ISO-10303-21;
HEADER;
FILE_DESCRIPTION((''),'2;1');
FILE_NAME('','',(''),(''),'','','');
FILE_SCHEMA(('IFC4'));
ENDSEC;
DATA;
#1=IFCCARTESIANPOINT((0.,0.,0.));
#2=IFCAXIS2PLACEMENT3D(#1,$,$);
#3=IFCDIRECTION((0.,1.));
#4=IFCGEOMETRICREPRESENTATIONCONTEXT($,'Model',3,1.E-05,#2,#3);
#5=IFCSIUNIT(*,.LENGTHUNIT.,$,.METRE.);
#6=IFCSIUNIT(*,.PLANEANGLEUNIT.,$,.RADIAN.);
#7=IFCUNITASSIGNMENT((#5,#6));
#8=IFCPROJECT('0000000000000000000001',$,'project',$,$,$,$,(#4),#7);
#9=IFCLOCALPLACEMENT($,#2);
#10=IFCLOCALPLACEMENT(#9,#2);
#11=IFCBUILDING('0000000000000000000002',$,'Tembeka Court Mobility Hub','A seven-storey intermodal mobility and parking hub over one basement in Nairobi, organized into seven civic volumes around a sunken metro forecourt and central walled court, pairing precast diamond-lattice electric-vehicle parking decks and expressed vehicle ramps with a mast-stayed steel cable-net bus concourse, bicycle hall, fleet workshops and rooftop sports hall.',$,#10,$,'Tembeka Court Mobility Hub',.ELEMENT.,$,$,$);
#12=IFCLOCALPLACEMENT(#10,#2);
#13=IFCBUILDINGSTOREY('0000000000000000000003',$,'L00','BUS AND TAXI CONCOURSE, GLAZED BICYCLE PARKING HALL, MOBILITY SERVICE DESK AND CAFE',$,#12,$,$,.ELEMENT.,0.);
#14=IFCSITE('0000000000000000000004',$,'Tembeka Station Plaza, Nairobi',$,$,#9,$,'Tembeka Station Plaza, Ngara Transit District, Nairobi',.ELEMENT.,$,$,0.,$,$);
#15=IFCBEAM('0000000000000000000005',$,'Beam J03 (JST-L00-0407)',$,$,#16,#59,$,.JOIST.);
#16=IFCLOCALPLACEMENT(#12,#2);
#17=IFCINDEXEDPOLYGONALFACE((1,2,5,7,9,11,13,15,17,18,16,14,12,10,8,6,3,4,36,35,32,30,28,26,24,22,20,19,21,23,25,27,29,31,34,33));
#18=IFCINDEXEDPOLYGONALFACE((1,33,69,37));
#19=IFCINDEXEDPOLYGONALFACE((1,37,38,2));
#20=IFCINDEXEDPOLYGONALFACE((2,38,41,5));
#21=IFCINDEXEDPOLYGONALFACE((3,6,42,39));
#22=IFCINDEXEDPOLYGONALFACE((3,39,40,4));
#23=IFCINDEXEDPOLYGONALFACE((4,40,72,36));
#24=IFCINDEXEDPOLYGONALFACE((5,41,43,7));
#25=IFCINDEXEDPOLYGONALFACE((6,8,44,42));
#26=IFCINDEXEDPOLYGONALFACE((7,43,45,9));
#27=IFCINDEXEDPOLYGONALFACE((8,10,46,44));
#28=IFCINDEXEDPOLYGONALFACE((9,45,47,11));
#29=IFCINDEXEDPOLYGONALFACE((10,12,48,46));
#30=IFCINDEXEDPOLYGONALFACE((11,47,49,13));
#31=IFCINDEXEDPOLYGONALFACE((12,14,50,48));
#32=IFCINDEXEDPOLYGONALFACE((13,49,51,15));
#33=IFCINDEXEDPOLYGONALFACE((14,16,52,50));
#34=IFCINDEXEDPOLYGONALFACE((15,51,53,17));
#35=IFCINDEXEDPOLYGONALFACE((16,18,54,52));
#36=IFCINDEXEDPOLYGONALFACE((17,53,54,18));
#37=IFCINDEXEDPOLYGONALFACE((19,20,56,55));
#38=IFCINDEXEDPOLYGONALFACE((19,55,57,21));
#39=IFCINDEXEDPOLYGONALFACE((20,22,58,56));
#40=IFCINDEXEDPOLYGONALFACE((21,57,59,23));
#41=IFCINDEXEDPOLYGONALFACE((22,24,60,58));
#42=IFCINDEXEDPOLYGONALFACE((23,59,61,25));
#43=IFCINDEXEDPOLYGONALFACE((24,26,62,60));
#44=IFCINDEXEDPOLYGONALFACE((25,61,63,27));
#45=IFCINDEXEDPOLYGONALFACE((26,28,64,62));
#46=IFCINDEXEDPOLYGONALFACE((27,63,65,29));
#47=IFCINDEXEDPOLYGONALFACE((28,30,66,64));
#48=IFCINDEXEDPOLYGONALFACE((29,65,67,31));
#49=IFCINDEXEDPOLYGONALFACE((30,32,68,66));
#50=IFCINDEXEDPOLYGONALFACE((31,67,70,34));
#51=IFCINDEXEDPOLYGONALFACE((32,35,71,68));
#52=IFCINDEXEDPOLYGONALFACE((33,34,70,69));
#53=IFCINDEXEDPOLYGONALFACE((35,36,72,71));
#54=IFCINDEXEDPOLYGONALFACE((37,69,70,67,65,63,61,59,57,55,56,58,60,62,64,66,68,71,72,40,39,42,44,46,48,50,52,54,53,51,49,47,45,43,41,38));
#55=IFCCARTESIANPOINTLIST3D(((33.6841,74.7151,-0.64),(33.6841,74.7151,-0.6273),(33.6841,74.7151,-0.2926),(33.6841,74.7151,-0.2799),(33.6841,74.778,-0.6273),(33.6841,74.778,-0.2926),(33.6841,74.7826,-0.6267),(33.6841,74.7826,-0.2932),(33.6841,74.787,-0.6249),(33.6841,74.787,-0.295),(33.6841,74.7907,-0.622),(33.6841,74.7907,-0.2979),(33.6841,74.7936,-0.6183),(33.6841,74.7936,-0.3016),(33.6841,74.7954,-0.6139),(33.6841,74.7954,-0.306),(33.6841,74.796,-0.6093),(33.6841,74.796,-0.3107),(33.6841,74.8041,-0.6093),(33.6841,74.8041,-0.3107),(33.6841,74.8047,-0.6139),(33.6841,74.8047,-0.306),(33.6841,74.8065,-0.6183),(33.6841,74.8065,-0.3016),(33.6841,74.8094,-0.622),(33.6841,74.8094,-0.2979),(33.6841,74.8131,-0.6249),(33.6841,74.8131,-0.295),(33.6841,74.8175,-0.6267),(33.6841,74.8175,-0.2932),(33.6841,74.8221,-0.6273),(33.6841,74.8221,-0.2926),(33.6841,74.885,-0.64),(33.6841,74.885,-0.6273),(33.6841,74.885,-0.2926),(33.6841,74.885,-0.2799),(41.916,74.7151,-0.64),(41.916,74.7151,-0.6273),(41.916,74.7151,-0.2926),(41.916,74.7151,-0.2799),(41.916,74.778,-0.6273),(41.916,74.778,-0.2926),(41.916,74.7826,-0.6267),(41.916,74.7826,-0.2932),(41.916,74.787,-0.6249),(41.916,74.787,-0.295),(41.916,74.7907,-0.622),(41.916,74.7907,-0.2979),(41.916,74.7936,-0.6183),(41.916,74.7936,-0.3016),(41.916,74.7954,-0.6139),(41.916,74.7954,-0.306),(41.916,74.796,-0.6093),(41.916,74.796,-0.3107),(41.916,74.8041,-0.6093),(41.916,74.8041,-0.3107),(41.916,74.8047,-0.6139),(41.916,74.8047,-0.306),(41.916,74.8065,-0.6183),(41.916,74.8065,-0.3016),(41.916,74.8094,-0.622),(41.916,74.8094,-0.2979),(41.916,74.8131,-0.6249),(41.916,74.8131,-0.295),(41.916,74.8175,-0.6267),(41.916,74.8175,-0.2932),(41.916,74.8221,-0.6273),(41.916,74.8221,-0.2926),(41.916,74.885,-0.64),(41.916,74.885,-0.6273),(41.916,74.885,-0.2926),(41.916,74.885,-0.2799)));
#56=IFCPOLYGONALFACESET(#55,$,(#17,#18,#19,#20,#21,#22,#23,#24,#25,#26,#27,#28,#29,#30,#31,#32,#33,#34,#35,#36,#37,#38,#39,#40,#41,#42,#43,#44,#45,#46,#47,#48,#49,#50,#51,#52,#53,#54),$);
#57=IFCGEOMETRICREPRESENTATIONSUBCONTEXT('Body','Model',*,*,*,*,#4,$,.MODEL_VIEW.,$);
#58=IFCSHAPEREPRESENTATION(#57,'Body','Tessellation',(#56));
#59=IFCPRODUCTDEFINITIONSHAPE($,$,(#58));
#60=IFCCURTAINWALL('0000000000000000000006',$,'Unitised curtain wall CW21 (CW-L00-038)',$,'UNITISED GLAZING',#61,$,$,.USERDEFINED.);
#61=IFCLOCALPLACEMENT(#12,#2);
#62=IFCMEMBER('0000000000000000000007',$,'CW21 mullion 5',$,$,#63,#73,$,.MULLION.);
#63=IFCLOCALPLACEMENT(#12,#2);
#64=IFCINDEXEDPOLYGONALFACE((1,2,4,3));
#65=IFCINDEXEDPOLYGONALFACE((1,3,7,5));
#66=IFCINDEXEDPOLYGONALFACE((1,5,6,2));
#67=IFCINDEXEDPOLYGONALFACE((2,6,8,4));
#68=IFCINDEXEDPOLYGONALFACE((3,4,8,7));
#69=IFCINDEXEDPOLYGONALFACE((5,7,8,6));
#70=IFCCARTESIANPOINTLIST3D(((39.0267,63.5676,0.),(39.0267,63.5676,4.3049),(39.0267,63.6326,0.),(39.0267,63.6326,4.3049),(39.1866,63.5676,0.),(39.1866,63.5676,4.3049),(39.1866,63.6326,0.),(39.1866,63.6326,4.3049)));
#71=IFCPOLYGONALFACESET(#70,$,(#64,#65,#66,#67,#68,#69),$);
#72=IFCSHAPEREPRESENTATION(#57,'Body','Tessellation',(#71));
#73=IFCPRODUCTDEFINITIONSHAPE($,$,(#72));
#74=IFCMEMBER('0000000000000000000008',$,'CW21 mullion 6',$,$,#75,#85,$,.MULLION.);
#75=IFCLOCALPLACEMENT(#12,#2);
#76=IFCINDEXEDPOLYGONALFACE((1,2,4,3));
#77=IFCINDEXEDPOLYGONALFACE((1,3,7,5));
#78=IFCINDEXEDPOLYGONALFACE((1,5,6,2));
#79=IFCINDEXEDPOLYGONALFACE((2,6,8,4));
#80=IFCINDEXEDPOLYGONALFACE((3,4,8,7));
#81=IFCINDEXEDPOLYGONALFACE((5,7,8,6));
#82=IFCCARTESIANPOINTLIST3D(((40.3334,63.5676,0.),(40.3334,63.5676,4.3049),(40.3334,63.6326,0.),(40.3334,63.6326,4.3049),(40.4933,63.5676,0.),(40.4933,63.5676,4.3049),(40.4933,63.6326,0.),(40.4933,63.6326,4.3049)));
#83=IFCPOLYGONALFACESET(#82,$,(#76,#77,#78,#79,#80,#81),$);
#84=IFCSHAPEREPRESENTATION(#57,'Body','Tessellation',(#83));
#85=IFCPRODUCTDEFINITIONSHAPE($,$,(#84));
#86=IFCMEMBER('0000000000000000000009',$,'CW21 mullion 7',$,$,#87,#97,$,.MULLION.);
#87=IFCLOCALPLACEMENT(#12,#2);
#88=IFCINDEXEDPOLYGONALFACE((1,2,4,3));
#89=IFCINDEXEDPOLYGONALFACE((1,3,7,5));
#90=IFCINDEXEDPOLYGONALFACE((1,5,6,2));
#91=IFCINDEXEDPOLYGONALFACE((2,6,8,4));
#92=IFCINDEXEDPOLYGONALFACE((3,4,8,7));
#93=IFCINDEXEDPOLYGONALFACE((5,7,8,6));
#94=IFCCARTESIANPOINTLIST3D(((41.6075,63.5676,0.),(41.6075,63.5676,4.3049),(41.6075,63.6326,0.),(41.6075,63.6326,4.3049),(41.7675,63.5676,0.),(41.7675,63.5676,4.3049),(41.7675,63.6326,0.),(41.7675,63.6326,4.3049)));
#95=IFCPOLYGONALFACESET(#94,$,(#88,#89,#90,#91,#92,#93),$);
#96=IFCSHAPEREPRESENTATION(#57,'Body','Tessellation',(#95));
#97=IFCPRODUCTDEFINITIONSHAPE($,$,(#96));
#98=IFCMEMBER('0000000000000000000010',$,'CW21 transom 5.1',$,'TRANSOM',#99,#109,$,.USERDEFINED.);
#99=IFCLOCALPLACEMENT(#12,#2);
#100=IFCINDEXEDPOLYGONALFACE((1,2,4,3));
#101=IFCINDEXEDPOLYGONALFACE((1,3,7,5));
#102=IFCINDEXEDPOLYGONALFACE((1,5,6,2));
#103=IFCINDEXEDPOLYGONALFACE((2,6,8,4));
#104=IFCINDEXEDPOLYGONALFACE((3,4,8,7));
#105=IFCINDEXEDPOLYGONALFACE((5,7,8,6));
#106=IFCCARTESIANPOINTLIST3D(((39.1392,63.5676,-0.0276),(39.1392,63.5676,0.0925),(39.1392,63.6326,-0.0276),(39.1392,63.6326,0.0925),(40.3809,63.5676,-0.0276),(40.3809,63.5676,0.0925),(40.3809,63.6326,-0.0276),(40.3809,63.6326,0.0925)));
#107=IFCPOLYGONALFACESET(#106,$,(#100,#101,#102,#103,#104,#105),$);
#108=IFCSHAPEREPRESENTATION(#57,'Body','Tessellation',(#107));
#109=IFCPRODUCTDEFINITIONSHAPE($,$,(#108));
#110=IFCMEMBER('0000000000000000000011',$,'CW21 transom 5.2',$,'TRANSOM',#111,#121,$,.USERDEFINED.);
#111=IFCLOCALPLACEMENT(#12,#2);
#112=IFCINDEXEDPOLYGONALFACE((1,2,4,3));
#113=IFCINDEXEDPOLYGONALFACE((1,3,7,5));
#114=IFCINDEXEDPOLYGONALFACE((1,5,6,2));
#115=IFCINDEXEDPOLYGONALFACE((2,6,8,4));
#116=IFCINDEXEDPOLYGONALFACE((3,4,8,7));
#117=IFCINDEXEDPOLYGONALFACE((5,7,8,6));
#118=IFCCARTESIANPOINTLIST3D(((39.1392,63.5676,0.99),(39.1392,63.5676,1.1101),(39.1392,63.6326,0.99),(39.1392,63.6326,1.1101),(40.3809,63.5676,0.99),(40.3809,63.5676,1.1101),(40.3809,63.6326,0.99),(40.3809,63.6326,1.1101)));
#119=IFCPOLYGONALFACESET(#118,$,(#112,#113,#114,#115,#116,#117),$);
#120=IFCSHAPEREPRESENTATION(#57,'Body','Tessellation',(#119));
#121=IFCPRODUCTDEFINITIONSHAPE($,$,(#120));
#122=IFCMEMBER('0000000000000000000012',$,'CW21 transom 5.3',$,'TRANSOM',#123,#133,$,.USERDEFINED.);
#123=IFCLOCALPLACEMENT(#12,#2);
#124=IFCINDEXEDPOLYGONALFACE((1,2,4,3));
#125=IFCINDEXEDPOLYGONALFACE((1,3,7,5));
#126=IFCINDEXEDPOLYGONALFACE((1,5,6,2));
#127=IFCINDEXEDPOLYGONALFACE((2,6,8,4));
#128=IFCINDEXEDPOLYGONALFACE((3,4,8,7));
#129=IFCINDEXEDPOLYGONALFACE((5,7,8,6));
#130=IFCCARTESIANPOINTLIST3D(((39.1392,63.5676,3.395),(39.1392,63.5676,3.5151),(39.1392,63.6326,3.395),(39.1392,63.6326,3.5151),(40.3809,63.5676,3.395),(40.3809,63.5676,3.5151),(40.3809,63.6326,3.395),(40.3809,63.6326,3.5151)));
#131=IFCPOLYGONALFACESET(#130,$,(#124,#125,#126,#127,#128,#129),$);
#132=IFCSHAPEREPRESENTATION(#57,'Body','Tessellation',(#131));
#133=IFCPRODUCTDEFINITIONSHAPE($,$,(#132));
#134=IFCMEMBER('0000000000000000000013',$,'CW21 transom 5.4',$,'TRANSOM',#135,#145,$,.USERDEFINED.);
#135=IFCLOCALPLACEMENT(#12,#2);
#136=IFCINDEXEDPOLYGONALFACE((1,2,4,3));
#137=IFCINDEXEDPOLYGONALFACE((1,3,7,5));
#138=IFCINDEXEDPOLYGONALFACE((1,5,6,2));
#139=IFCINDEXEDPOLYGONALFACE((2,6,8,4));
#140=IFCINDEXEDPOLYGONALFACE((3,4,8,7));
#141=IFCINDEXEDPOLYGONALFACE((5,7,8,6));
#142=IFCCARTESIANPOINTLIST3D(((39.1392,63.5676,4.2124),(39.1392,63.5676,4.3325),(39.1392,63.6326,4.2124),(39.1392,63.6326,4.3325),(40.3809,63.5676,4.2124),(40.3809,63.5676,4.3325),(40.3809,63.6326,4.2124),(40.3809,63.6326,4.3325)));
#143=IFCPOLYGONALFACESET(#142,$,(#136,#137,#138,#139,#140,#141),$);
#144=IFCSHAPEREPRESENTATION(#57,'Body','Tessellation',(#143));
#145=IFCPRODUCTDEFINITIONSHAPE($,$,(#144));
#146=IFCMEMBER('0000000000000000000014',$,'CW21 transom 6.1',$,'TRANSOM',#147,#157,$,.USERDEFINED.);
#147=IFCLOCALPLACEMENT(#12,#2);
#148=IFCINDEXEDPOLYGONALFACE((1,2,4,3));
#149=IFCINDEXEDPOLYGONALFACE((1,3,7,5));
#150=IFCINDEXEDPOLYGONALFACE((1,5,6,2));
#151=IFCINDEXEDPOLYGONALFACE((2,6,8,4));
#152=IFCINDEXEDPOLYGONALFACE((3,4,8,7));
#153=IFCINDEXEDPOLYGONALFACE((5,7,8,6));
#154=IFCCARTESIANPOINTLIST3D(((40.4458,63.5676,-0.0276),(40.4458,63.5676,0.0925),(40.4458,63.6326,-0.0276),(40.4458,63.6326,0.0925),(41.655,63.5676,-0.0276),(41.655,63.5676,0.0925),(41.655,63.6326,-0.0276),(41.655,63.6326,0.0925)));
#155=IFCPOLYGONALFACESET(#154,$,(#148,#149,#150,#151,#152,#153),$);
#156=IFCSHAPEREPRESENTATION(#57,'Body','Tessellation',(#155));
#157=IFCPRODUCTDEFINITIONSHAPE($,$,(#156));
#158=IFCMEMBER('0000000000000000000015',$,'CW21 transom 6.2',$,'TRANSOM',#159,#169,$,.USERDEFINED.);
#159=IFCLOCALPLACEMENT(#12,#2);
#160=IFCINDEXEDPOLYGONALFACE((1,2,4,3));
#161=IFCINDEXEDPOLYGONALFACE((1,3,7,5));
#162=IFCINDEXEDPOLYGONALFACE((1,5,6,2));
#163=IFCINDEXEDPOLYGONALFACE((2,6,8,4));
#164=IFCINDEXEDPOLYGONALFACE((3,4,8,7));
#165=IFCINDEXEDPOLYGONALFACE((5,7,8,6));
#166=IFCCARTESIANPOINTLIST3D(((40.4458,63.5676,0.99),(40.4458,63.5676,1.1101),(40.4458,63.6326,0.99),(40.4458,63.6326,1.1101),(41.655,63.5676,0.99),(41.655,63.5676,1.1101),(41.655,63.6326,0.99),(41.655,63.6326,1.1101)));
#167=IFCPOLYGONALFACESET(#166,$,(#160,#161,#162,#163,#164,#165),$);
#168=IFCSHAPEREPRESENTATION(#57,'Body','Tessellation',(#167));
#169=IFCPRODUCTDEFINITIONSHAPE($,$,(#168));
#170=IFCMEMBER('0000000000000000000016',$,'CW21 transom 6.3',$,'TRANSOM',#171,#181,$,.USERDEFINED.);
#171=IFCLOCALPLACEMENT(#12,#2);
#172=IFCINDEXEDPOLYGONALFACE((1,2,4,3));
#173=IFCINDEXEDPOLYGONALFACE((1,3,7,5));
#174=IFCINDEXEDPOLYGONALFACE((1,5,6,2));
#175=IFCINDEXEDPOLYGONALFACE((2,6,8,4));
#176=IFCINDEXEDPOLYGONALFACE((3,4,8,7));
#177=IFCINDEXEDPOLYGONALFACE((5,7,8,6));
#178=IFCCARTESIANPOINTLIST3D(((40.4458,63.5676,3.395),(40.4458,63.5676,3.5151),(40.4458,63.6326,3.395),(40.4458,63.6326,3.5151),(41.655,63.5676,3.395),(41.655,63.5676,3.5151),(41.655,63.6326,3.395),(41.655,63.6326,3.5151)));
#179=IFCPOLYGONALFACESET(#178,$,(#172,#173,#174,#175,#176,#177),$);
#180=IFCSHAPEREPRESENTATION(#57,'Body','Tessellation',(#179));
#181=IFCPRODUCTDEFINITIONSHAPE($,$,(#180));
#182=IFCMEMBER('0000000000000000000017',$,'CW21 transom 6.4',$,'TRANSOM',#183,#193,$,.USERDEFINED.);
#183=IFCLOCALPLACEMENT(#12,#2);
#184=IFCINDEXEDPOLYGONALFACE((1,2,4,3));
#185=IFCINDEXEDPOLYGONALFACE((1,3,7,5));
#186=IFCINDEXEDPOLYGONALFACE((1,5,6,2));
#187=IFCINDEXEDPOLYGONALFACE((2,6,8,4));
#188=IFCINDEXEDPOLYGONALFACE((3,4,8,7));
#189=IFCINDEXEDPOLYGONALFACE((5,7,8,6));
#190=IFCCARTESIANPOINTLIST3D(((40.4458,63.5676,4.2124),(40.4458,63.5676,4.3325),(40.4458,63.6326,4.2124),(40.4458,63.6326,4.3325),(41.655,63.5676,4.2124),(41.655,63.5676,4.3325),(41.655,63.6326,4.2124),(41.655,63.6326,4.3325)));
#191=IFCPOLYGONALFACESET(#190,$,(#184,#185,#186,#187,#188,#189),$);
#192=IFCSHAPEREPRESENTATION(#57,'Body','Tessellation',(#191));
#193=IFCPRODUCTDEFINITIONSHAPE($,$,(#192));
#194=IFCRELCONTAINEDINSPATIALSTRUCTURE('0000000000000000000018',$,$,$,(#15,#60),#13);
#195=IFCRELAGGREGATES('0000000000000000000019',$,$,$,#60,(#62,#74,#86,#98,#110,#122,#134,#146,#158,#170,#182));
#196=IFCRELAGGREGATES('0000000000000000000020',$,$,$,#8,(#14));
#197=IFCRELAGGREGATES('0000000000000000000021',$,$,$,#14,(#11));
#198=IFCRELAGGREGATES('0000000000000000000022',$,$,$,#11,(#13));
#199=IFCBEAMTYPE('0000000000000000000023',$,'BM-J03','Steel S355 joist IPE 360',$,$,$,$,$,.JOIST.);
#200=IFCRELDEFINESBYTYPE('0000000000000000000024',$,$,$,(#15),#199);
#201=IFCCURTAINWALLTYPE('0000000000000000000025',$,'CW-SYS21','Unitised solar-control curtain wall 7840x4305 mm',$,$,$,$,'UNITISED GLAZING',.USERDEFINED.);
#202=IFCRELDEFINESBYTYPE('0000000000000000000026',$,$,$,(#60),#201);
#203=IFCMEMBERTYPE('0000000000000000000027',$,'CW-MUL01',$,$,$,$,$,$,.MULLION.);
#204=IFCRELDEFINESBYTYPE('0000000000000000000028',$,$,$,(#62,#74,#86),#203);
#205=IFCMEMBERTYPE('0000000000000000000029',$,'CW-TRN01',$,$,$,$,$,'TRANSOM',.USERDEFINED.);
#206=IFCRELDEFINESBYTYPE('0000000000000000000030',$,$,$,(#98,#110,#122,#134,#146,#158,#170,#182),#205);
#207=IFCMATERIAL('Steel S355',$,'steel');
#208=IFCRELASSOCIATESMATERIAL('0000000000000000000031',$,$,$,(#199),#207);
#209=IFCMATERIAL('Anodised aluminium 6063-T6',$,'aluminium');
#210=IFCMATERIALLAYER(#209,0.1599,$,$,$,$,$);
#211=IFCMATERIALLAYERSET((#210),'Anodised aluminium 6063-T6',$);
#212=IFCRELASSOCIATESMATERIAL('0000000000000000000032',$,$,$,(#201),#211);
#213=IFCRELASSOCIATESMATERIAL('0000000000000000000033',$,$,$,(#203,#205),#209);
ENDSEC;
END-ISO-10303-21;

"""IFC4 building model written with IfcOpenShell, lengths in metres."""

from ifc_helpers import new_model, si_unit, direction, frame, origin, origin_2d, place, context, subcontext, project, spatial, rectangle, i_section, extrude, material, layer, layer_set, material_profile, profile_set, type_object, element, aggregate, save


model = new_model("IFC4")

# Units and contexts
model_context = context("Model", 3, precision=1e-05, world=origin(), true_north=direction((0.0, 1.0)))
body_context = subcontext(model_context, "Body", "Model", "MODEL_VIEW")
ifc_project = project(units=[si_unit("LENGTHUNIT", "METRE"), si_unit("PLANEANGLEUNIT", "RADIAN")], contexts=[model_context])

# Site, building, storey
site_placement = place(None, origin())
site = spatial("IfcSite", under=ifc_project, at=site_placement, Name="Tembeka Station Plaza, Nairobi", LongName="Tembeka Station Plaza, Ngara Transit District, Nairobi", CompositionType="ELEMENT", RefElevation=0.0)
building_placement = place(site_placement, origin())
building = spatial("IfcBuilding", under=site, at=building_placement, Name="Tembeka Court Mobility Hub", Description="A seven-storey intermodal mobility and parking hub over one basement in Nairobi, organized into seven civic volumes around a sunken metro forecourt and central walled court, pairing precast diamond-lattice electric-vehicle parking decks and expressed vehicle ramps with a mast-stayed steel cable-net bus concourse, bicycle hall, fleet workshops and rooftop sports hall.", LongName="Tembeka Court Mobility Hub", CompositionType="ELEMENT")
storey_placement = place(building_placement, origin())
storey = spatial("IfcBuildingStorey", under=building, at=storey_placement, Name="L00", Description="BUS AND TAXI CONCOURSE, GLAZED BICYCLE PARKING HALL, MOBILITY SERVICE DESK AND CAFE", CompositionType="ELEMENT", Elevation=0.0)

# Shared definitions
ifc_material_1 = material(Name="Steel S355", Category="steel")

# Beam
ifc_material_profile_1 = material_profile(ifc_material_1, i_section(OverallWidth=0.1699, OverallDepth=0.3601, WebThickness=0.0081, FlangeThickness=0.0127, FilletRadius=0.0181, at=origin_2d()), Name="IPE 360")
ifc_profile_set_1 = profile_set([ifc_material_profile_1], Name="Steel S355")
beam_type_1 = type_object("IfcBeamType", Name="BM-J03", Description="Steel S355 joist IPE 360", PredefinedType="JOIST", material=ifc_profile_set_1)
for number, where, z_axis, x_axis, name in (
    (1, (33.6841, 74.8, -0.46), (1.0, 0.0, 0.0), (0.0, 1.0, 0.0), "Beam J03 (JST-L00-0407)"),
):
    element("IfcBeam", number, at=place(storey_placement, frame(where, z_axis=z_axis, x_axis=x_axis)), inside=storey, type_object=beam_type_1, Name=name, PredefinedType="JOIST", context=body_context, shape_type="SweptSolid", body=[
        extrude(i_section(OverallWidth=0.1699, OverallDepth=0.3601, WebThickness=0.0081, FlangeThickness=0.0127, FilletRadius=0.0181, at=origin_2d()), origin(), (0.0, 0.0, 1.0), 8.2319),
    ])

# Curtain wall, members
ifc_material_2 = material(Name="Anodised aluminium 6063-T6", Category="aluminium")
ifc_layer_1 = layer(ifc_material_2, 0.1599)
ifc_layer_set_1 = layer_set([ifc_layer_1], Name="Anodised aluminium 6063-T6")
curtain_wall_type = type_object("IfcCurtainWallType", Name="CW-SYS21", Description="Unitised solar-control curtain wall 7840x4305 mm", ElementType="UNITISED GLAZING", PredefinedType="USERDEFINED", material=ifc_layer_set_1)
curtain_wall_placement = place(storey_placement, origin())
curtain_wall = element("IfcCurtainWall", 2, at=curtain_wall_placement, inside=storey, type_object=curtain_wall_type, Name="Unitised curtain wall CW21 (CW-L00-038)", ObjectType="UNITISED GLAZING", PredefinedType="USERDEFINED")
ifc_material_profile_2 = material_profile(ifc_material_2, rectangle(XDim=0.0649, YDim=0.1599, at=origin_2d()), Name="ALU-MUL 65x160")
ifc_profile_set_2 = profile_set([ifc_material_profile_2], Name="Anodised aluminium 6063-T6")
member_type_1 = type_object("IfcMemberType", Name="CW-MUL01", PredefinedType="MULLION", material=ifc_profile_set_2)
member_1_placement = place(storey_placement, frame((39.1067, 63.6001, 0.0), z_axis=(0.0, 0.0, 1.0), x_axis=(0.0, 1.0, 0.0)))
member_1 = element("IfcMember", 3, at=member_1_placement, type_object=member_type_1, Name="CW21 mullion 5", PredefinedType="MULLION", context=body_context, shape_type="SweptSolid", body=[
    extrude(rectangle(XDim=0.0649, YDim=0.1599, at=origin_2d()), origin(), (0.0, 0.0, 1.0), 4.3049),
])
member_2_placement = place(storey_placement, frame((40.4133, 63.6001, 0.0), z_axis=(0.0, 0.0, 1.0), x_axis=(0.0, 1.0, 0.0)))
member_2 = element("IfcMember", 4, at=member_2_placement, type_object=member_type_1, Name="CW21 mullion 6", PredefinedType="MULLION", context=body_context, shape_type="SweptSolid", body=[
    extrude(rectangle(XDim=0.0649, YDim=0.1599, at=origin_2d()), origin(), (0.0, 0.0, 1.0), 4.3049),
])
member_3_placement = place(storey_placement, frame((41.6875, 63.6001, 0.0), z_axis=(0.0, 0.0, 1.0), x_axis=(0.0, 1.0, 0.0)))
member_3 = element("IfcMember", 5, at=member_3_placement, type_object=member_type_1, Name="CW21 mullion 7", PredefinedType="MULLION", context=body_context, shape_type="SweptSolid", body=[
    extrude(rectangle(XDim=0.0649, YDim=0.1599, at=origin_2d()), origin(), (0.0, 0.0, 1.0), 4.3049),
])
ifc_material_profile_3 = material_profile(ifc_material_2, rectangle(XDim=0.0649, YDim=0.1201, at=origin_2d()), Name="ALU-TRN 65x120")
ifc_profile_set_3 = profile_set([ifc_material_profile_3], Name="Anodised aluminium 6063-T6")
member_type_2 = type_object("IfcMemberType", Name="CW-TRN01", ElementType="TRANSOM", PredefinedType="USERDEFINED", material=ifc_profile_set_3)
member_4_placement = place(storey_placement, frame((39.1392, 63.6001, 0.0325), z_axis=(1.0, 0.0, 0.0), x_axis=(0.0, 1.0, 0.0)))
member_4 = element("IfcMember", 6, at=member_4_placement, type_object=member_type_2, Name="CW21 transom 5.1", ObjectType="TRANSOM", PredefinedType="USERDEFINED", context=body_context, shape_type="SweptSolid", body=[
    extrude(rectangle(XDim=0.0649, YDim=0.1201, at=origin_2d()), origin(), (0.0, 0.0, 1.0), 1.2417),
])
member_5_placement = place(storey_placement, frame((39.1392, 63.6001, 1.05), z_axis=(1.0, 0.0, 0.0), x_axis=(0.0, 1.0, 0.0)))
member_5 = element("IfcMember", 7, at=member_5_placement, type_object=member_type_2, Name="CW21 transom 5.2", ObjectType="TRANSOM", PredefinedType="USERDEFINED", context=body_context, shape_type="SweptSolid", body=[
    extrude(rectangle(XDim=0.0649, YDim=0.1201, at=origin_2d()), origin(), (0.0, 0.0, 1.0), 1.2417),
])
member_6_placement = place(storey_placement, frame((39.1392, 63.6001, 3.4551), z_axis=(1.0, 0.0, 0.0), x_axis=(0.0, 1.0, 0.0)))
member_6 = element("IfcMember", 8, at=member_6_placement, type_object=member_type_2, Name="CW21 transom 5.3", ObjectType="TRANSOM", PredefinedType="USERDEFINED", context=body_context, shape_type="SweptSolid", body=[
    extrude(rectangle(XDim=0.0649, YDim=0.1201, at=origin_2d()), origin(), (0.0, 0.0, 1.0), 1.2417),
])
member_7_placement = place(storey_placement, frame((39.1392, 63.6001, 4.2725), z_axis=(1.0, 0.0, 0.0), x_axis=(0.0, 1.0, 0.0)))
member_7 = element("IfcMember", 9, at=member_7_placement, type_object=member_type_2, Name="CW21 transom 5.4", ObjectType="TRANSOM", PredefinedType="USERDEFINED", context=body_context, shape_type="SweptSolid", body=[
    extrude(rectangle(XDim=0.0649, YDim=0.1201, at=origin_2d()), origin(), (0.0, 0.0, 1.0), 1.2417),
])
member_8_placement = place(storey_placement, frame((40.4458, 63.6001, 0.0325), z_axis=(1.0, 0.0, 0.0), x_axis=(0.0, 1.0, 0.0)))
member_8 = element("IfcMember", 10, at=member_8_placement, type_object=member_type_2, Name="CW21 transom 6.1", ObjectType="TRANSOM", PredefinedType="USERDEFINED", context=body_context, shape_type="SweptSolid", body=[
    extrude(rectangle(XDim=0.0649, YDim=0.1201, at=origin_2d()), origin(), (0.0, 0.0, 1.0), 1.2092),
])
member_9_placement = place(storey_placement, frame((40.4458, 63.6001, 1.05), z_axis=(1.0, 0.0, 0.0), x_axis=(0.0, 1.0, 0.0)))
member_9 = element("IfcMember", 11, at=member_9_placement, type_object=member_type_2, Name="CW21 transom 6.2", ObjectType="TRANSOM", PredefinedType="USERDEFINED", context=body_context, shape_type="SweptSolid", body=[
    extrude(rectangle(XDim=0.0649, YDim=0.1201, at=origin_2d()), origin(), (0.0, 0.0, 1.0), 1.2092),
])
member_10_placement = place(storey_placement, frame((40.4458, 63.6001, 3.4551), z_axis=(1.0, 0.0, 0.0), x_axis=(0.0, 1.0, 0.0)))
member_10 = element("IfcMember", 12, at=member_10_placement, type_object=member_type_2, Name="CW21 transom 6.3", ObjectType="TRANSOM", PredefinedType="USERDEFINED", context=body_context, shape_type="SweptSolid", body=[
    extrude(rectangle(XDim=0.0649, YDim=0.1201, at=origin_2d()), origin(), (0.0, 0.0, 1.0), 1.2092),
])
member_11_placement = place(storey_placement, frame((40.4458, 63.6001, 4.2725), z_axis=(1.0, 0.0, 0.0), x_axis=(0.0, 1.0, 0.0)))
member_11 = element("IfcMember", 13, at=member_11_placement, type_object=member_type_2, Name="CW21 transom 6.4", ObjectType="TRANSOM", PredefinedType="USERDEFINED", context=body_context, shape_type="SweptSolid", body=[
    extrude(rectangle(XDim=0.0649, YDim=0.1201, at=origin_2d()), origin(), (0.0, 0.0, 1.0), 1.2092),
])
aggregate(curtain_wall, [member_1, member_2, member_3, member_4, member_5, member_6, member_7, member_8, member_9, member_10, member_11])

save(model, "model.ifc")
